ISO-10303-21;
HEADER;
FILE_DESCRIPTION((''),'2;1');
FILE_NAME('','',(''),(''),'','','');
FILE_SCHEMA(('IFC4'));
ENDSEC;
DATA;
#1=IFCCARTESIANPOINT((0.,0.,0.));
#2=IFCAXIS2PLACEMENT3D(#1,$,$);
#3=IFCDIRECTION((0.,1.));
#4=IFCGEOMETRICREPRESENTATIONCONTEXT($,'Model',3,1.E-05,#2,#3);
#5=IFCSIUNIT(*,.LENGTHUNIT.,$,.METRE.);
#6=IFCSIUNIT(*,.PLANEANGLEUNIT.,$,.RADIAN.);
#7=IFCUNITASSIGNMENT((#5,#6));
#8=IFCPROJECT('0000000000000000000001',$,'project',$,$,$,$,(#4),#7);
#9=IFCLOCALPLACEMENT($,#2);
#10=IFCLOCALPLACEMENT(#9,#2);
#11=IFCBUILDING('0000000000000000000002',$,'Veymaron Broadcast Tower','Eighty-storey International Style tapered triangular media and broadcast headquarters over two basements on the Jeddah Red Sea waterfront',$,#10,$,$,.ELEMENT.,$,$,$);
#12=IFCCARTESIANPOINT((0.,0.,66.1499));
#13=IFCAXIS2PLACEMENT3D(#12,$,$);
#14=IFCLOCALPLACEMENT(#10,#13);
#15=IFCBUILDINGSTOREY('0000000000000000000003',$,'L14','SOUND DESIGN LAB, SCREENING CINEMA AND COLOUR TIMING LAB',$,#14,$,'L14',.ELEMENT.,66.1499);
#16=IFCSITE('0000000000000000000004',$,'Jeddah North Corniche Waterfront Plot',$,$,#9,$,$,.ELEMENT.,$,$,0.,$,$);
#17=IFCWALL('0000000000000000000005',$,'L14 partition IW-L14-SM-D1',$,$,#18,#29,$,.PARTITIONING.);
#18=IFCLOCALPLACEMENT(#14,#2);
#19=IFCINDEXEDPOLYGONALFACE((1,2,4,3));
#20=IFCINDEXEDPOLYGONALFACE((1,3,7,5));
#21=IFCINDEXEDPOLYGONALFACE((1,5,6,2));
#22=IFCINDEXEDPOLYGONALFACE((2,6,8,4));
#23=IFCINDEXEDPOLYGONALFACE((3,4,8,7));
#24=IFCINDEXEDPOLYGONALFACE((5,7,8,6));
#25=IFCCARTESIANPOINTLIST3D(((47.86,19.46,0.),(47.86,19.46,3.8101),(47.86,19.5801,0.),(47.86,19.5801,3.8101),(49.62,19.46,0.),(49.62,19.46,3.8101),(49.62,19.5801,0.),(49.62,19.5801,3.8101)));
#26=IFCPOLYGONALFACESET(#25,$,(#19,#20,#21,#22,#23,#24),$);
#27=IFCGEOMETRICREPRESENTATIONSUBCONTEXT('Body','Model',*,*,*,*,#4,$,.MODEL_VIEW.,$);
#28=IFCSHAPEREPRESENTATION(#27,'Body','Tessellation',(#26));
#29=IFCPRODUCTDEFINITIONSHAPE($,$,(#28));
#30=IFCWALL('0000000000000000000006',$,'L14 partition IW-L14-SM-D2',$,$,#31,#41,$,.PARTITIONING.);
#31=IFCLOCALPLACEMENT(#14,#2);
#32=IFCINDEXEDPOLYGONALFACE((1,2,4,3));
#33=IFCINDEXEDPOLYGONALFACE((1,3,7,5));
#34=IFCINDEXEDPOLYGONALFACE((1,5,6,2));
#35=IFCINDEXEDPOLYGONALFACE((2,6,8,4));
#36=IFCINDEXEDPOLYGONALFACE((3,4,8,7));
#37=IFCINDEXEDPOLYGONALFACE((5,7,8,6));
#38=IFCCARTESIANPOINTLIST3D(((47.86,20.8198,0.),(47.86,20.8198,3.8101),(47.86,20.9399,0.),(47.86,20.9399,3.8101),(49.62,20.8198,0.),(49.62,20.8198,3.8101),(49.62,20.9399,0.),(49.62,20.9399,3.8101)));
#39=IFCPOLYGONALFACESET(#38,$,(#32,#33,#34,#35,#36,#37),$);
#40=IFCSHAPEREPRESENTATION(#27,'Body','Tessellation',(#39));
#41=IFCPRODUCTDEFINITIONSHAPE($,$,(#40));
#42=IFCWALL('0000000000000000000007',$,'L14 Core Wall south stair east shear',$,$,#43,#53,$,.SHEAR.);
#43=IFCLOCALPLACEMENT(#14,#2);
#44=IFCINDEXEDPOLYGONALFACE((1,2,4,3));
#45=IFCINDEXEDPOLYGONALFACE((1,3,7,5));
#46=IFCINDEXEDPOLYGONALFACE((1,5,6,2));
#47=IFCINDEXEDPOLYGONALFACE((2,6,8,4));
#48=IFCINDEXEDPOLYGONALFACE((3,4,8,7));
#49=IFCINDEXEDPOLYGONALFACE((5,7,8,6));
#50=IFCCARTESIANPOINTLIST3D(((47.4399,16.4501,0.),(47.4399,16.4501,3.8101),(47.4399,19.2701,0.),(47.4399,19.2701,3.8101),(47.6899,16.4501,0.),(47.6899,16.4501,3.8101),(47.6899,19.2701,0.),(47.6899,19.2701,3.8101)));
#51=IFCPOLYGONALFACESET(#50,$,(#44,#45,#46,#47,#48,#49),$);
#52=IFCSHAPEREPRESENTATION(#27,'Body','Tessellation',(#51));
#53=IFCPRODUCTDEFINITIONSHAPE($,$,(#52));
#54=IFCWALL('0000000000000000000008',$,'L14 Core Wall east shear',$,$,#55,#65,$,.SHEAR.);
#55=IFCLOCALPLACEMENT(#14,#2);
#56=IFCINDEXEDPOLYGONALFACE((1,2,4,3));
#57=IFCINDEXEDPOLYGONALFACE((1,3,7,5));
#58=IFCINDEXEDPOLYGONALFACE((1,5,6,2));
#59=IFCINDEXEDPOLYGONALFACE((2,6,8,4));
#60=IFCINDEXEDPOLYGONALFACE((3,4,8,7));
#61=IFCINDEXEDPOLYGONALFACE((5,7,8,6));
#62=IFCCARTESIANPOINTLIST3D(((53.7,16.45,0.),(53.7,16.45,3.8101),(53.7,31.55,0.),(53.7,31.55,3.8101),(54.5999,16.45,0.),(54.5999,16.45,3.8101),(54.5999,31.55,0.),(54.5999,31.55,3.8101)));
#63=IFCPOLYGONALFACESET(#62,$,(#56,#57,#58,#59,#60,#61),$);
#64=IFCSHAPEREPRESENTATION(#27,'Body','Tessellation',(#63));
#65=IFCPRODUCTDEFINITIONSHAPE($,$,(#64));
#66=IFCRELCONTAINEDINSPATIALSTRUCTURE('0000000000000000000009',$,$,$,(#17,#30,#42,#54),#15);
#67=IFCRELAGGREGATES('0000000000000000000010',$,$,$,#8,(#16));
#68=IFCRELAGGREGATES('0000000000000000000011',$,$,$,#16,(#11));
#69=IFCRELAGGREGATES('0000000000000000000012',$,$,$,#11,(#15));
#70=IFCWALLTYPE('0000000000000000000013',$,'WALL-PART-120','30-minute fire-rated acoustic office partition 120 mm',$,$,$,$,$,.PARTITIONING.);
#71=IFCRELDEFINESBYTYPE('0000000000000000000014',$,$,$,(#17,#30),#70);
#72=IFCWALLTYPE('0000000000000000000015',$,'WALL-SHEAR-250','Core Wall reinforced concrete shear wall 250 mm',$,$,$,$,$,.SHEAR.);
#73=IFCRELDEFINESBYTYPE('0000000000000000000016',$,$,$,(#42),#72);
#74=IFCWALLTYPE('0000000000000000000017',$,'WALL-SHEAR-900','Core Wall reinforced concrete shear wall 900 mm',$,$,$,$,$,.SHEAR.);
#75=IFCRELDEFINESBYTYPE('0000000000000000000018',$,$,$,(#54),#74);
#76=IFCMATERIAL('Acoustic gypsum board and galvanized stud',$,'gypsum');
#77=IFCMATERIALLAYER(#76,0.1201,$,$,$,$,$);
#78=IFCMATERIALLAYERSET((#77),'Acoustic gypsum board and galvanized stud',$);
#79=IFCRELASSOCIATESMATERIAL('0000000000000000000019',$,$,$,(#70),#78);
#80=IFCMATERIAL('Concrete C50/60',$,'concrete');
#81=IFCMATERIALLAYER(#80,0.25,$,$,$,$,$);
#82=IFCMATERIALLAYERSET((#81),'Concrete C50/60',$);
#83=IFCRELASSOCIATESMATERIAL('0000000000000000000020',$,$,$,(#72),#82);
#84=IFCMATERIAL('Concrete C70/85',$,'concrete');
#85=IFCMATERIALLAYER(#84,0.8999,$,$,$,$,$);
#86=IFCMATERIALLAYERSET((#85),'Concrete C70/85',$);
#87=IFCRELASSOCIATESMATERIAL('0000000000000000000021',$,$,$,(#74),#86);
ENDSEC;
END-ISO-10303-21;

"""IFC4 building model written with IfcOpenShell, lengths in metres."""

from ifc_helpers import new_model, si_unit, direction, frame, frame_2d, origin, place, context, subcontext, project, spatial, rectangle, extrude, material, layer, layer_set, type_object, element, save


model = new_model("IFC4")

# Units and contexts
model_context = context("Model", 3, precision=1e-05, world=origin(), true_north=direction((0.0, 1.0)))
body_context = subcontext(model_context, "Body", "Model", "MODEL_VIEW")
ifc_project = project(units=[si_unit("LENGTHUNIT", "METRE"), si_unit("PLANEANGLEUNIT", "RADIAN")], contexts=[model_context])

# Site, building, storey
site_placement = place(None, origin())
site = spatial("IfcSite", under=ifc_project, at=site_placement, Name="Jeddah North Corniche Waterfront Plot", CompositionType="ELEMENT", RefElevation=0.0)
building_placement = place(site_placement, origin())
building = spatial("IfcBuilding", under=site, at=building_placement, Name="Veymaron Broadcast Tower", Description="Eighty-storey International Style tapered triangular media and broadcast headquarters over two basements on the Jeddah Red Sea waterfront", CompositionType="ELEMENT")
storey_placement = place(building_placement, frame((0.0, 0.0, 66.1499)))
storey = spatial("IfcBuildingStorey", under=building, at=storey_placement, Name="L14", Description="SOUND DESIGN LAB, SCREENING CINEMA AND COLOUR TIMING LAB", LongName="L14", CompositionType="ELEMENT", Elevation=66.1499)

# Walls
ifc_material_1 = material(Name="Acoustic gypsum board and galvanized stud", Category="gypsum")
ifc_layer_1 = layer(ifc_material_1, 0.1201)
ifc_layer_set_1 = layer_set([ifc_layer_1], Name="Acoustic gypsum board and galvanized stud")
wall_type_1 = type_object("IfcWallType", Name="WALL-PART-120", Description="30-minute fire-rated acoustic office partition 120 mm", PredefinedType="PARTITIONING", material=ifc_layer_set_1)
for number, where, z_axis, x_axis, name in (
    (1, (47.8601, 19.52, 0.0), (0.0, 0.0, 1.0), (1.0, 0.0, 0.0), "L14 partition IW-L14-SM-D1"),
    (2, (47.8601, 20.8799, 0.0), (0.0, 0.0, 1.0), (1.0, 0.0, 0.0), "L14 partition IW-L14-SM-D2"),
):
    element("IfcWall", number, at=place(storey_placement, frame(where, z_axis=z_axis, x_axis=x_axis)), inside=storey, type_object=wall_type_1, Name=name, PredefinedType="PARTITIONING", context=body_context, shape_type="SweptSolid", body=[
        extrude(rectangle(XDim=1.76, YDim=0.1201, at=frame_2d((0.8799, 0.0))), origin(), (0.0, 0.0, 1.0), 3.8101),
    ])

# Walls
ifc_material_2 = material(Name="Concrete C50/60", Category="concrete")
ifc_layer_2 = layer(ifc_material_2, 0.25)
ifc_layer_set_2 = layer_set([ifc_layer_2], Name="Concrete C50/60")
wall_type_2 = type_object("IfcWallType", Name="WALL-SHEAR-250", Description="Core Wall reinforced concrete shear wall 250 mm", PredefinedType="SHEAR", material=ifc_layer_set_2)
wall_1_placement = place(storey_placement, frame((47.5649, 16.45, 0.0), z_axis=(0.0, 0.0, 1.0), x_axis=(0.0, 1.0, 0.0)))
element("IfcWall", 3, at=wall_1_placement, inside=storey, type_object=wall_type_2, Name="L14 Core Wall south stair east shear", PredefinedType="SHEAR", context=body_context, shape_type="SweptSolid", body=[
    extrude(rectangle(XDim=2.8201, YDim=0.25, at=frame_2d((1.4102, 0.0))), origin(), (0.0, 0.0, 1.0), 3.8101),
])
ifc_material_3 = material(Name="Concrete C70/85", Category="concrete")
ifc_layer_3 = layer(ifc_material_3, 0.8999)
ifc_layer_set_3 = layer_set([ifc_layer_3], Name="Concrete C70/85")
wall_type_3 = type_object("IfcWallType", Name="WALL-SHEAR-900", Description="Core Wall reinforced concrete shear wall 900 mm", PredefinedType="SHEAR", material=ifc_layer_set_3)
wall_2_placement = place(storey_placement, frame((54.1499, 16.45, 0.0), z_axis=(0.0, 0.0, 1.0), x_axis=(0.0, 1.0, 0.0)))
element("IfcWall", 4, at=wall_2_placement, inside=storey, type_object=wall_type_3, Name="L14 Core Wall east shear", PredefinedType="SHEAR", context=body_context, shape_type="SweptSolid", body=[
    extrude(rectangle(XDim=15.1001, YDim=0.8999, at=frame_2d((7.55, 0.0))), origin(), (0.0, 0.0, 1.0), 3.8101),
])

save(model, "model.ifc")
